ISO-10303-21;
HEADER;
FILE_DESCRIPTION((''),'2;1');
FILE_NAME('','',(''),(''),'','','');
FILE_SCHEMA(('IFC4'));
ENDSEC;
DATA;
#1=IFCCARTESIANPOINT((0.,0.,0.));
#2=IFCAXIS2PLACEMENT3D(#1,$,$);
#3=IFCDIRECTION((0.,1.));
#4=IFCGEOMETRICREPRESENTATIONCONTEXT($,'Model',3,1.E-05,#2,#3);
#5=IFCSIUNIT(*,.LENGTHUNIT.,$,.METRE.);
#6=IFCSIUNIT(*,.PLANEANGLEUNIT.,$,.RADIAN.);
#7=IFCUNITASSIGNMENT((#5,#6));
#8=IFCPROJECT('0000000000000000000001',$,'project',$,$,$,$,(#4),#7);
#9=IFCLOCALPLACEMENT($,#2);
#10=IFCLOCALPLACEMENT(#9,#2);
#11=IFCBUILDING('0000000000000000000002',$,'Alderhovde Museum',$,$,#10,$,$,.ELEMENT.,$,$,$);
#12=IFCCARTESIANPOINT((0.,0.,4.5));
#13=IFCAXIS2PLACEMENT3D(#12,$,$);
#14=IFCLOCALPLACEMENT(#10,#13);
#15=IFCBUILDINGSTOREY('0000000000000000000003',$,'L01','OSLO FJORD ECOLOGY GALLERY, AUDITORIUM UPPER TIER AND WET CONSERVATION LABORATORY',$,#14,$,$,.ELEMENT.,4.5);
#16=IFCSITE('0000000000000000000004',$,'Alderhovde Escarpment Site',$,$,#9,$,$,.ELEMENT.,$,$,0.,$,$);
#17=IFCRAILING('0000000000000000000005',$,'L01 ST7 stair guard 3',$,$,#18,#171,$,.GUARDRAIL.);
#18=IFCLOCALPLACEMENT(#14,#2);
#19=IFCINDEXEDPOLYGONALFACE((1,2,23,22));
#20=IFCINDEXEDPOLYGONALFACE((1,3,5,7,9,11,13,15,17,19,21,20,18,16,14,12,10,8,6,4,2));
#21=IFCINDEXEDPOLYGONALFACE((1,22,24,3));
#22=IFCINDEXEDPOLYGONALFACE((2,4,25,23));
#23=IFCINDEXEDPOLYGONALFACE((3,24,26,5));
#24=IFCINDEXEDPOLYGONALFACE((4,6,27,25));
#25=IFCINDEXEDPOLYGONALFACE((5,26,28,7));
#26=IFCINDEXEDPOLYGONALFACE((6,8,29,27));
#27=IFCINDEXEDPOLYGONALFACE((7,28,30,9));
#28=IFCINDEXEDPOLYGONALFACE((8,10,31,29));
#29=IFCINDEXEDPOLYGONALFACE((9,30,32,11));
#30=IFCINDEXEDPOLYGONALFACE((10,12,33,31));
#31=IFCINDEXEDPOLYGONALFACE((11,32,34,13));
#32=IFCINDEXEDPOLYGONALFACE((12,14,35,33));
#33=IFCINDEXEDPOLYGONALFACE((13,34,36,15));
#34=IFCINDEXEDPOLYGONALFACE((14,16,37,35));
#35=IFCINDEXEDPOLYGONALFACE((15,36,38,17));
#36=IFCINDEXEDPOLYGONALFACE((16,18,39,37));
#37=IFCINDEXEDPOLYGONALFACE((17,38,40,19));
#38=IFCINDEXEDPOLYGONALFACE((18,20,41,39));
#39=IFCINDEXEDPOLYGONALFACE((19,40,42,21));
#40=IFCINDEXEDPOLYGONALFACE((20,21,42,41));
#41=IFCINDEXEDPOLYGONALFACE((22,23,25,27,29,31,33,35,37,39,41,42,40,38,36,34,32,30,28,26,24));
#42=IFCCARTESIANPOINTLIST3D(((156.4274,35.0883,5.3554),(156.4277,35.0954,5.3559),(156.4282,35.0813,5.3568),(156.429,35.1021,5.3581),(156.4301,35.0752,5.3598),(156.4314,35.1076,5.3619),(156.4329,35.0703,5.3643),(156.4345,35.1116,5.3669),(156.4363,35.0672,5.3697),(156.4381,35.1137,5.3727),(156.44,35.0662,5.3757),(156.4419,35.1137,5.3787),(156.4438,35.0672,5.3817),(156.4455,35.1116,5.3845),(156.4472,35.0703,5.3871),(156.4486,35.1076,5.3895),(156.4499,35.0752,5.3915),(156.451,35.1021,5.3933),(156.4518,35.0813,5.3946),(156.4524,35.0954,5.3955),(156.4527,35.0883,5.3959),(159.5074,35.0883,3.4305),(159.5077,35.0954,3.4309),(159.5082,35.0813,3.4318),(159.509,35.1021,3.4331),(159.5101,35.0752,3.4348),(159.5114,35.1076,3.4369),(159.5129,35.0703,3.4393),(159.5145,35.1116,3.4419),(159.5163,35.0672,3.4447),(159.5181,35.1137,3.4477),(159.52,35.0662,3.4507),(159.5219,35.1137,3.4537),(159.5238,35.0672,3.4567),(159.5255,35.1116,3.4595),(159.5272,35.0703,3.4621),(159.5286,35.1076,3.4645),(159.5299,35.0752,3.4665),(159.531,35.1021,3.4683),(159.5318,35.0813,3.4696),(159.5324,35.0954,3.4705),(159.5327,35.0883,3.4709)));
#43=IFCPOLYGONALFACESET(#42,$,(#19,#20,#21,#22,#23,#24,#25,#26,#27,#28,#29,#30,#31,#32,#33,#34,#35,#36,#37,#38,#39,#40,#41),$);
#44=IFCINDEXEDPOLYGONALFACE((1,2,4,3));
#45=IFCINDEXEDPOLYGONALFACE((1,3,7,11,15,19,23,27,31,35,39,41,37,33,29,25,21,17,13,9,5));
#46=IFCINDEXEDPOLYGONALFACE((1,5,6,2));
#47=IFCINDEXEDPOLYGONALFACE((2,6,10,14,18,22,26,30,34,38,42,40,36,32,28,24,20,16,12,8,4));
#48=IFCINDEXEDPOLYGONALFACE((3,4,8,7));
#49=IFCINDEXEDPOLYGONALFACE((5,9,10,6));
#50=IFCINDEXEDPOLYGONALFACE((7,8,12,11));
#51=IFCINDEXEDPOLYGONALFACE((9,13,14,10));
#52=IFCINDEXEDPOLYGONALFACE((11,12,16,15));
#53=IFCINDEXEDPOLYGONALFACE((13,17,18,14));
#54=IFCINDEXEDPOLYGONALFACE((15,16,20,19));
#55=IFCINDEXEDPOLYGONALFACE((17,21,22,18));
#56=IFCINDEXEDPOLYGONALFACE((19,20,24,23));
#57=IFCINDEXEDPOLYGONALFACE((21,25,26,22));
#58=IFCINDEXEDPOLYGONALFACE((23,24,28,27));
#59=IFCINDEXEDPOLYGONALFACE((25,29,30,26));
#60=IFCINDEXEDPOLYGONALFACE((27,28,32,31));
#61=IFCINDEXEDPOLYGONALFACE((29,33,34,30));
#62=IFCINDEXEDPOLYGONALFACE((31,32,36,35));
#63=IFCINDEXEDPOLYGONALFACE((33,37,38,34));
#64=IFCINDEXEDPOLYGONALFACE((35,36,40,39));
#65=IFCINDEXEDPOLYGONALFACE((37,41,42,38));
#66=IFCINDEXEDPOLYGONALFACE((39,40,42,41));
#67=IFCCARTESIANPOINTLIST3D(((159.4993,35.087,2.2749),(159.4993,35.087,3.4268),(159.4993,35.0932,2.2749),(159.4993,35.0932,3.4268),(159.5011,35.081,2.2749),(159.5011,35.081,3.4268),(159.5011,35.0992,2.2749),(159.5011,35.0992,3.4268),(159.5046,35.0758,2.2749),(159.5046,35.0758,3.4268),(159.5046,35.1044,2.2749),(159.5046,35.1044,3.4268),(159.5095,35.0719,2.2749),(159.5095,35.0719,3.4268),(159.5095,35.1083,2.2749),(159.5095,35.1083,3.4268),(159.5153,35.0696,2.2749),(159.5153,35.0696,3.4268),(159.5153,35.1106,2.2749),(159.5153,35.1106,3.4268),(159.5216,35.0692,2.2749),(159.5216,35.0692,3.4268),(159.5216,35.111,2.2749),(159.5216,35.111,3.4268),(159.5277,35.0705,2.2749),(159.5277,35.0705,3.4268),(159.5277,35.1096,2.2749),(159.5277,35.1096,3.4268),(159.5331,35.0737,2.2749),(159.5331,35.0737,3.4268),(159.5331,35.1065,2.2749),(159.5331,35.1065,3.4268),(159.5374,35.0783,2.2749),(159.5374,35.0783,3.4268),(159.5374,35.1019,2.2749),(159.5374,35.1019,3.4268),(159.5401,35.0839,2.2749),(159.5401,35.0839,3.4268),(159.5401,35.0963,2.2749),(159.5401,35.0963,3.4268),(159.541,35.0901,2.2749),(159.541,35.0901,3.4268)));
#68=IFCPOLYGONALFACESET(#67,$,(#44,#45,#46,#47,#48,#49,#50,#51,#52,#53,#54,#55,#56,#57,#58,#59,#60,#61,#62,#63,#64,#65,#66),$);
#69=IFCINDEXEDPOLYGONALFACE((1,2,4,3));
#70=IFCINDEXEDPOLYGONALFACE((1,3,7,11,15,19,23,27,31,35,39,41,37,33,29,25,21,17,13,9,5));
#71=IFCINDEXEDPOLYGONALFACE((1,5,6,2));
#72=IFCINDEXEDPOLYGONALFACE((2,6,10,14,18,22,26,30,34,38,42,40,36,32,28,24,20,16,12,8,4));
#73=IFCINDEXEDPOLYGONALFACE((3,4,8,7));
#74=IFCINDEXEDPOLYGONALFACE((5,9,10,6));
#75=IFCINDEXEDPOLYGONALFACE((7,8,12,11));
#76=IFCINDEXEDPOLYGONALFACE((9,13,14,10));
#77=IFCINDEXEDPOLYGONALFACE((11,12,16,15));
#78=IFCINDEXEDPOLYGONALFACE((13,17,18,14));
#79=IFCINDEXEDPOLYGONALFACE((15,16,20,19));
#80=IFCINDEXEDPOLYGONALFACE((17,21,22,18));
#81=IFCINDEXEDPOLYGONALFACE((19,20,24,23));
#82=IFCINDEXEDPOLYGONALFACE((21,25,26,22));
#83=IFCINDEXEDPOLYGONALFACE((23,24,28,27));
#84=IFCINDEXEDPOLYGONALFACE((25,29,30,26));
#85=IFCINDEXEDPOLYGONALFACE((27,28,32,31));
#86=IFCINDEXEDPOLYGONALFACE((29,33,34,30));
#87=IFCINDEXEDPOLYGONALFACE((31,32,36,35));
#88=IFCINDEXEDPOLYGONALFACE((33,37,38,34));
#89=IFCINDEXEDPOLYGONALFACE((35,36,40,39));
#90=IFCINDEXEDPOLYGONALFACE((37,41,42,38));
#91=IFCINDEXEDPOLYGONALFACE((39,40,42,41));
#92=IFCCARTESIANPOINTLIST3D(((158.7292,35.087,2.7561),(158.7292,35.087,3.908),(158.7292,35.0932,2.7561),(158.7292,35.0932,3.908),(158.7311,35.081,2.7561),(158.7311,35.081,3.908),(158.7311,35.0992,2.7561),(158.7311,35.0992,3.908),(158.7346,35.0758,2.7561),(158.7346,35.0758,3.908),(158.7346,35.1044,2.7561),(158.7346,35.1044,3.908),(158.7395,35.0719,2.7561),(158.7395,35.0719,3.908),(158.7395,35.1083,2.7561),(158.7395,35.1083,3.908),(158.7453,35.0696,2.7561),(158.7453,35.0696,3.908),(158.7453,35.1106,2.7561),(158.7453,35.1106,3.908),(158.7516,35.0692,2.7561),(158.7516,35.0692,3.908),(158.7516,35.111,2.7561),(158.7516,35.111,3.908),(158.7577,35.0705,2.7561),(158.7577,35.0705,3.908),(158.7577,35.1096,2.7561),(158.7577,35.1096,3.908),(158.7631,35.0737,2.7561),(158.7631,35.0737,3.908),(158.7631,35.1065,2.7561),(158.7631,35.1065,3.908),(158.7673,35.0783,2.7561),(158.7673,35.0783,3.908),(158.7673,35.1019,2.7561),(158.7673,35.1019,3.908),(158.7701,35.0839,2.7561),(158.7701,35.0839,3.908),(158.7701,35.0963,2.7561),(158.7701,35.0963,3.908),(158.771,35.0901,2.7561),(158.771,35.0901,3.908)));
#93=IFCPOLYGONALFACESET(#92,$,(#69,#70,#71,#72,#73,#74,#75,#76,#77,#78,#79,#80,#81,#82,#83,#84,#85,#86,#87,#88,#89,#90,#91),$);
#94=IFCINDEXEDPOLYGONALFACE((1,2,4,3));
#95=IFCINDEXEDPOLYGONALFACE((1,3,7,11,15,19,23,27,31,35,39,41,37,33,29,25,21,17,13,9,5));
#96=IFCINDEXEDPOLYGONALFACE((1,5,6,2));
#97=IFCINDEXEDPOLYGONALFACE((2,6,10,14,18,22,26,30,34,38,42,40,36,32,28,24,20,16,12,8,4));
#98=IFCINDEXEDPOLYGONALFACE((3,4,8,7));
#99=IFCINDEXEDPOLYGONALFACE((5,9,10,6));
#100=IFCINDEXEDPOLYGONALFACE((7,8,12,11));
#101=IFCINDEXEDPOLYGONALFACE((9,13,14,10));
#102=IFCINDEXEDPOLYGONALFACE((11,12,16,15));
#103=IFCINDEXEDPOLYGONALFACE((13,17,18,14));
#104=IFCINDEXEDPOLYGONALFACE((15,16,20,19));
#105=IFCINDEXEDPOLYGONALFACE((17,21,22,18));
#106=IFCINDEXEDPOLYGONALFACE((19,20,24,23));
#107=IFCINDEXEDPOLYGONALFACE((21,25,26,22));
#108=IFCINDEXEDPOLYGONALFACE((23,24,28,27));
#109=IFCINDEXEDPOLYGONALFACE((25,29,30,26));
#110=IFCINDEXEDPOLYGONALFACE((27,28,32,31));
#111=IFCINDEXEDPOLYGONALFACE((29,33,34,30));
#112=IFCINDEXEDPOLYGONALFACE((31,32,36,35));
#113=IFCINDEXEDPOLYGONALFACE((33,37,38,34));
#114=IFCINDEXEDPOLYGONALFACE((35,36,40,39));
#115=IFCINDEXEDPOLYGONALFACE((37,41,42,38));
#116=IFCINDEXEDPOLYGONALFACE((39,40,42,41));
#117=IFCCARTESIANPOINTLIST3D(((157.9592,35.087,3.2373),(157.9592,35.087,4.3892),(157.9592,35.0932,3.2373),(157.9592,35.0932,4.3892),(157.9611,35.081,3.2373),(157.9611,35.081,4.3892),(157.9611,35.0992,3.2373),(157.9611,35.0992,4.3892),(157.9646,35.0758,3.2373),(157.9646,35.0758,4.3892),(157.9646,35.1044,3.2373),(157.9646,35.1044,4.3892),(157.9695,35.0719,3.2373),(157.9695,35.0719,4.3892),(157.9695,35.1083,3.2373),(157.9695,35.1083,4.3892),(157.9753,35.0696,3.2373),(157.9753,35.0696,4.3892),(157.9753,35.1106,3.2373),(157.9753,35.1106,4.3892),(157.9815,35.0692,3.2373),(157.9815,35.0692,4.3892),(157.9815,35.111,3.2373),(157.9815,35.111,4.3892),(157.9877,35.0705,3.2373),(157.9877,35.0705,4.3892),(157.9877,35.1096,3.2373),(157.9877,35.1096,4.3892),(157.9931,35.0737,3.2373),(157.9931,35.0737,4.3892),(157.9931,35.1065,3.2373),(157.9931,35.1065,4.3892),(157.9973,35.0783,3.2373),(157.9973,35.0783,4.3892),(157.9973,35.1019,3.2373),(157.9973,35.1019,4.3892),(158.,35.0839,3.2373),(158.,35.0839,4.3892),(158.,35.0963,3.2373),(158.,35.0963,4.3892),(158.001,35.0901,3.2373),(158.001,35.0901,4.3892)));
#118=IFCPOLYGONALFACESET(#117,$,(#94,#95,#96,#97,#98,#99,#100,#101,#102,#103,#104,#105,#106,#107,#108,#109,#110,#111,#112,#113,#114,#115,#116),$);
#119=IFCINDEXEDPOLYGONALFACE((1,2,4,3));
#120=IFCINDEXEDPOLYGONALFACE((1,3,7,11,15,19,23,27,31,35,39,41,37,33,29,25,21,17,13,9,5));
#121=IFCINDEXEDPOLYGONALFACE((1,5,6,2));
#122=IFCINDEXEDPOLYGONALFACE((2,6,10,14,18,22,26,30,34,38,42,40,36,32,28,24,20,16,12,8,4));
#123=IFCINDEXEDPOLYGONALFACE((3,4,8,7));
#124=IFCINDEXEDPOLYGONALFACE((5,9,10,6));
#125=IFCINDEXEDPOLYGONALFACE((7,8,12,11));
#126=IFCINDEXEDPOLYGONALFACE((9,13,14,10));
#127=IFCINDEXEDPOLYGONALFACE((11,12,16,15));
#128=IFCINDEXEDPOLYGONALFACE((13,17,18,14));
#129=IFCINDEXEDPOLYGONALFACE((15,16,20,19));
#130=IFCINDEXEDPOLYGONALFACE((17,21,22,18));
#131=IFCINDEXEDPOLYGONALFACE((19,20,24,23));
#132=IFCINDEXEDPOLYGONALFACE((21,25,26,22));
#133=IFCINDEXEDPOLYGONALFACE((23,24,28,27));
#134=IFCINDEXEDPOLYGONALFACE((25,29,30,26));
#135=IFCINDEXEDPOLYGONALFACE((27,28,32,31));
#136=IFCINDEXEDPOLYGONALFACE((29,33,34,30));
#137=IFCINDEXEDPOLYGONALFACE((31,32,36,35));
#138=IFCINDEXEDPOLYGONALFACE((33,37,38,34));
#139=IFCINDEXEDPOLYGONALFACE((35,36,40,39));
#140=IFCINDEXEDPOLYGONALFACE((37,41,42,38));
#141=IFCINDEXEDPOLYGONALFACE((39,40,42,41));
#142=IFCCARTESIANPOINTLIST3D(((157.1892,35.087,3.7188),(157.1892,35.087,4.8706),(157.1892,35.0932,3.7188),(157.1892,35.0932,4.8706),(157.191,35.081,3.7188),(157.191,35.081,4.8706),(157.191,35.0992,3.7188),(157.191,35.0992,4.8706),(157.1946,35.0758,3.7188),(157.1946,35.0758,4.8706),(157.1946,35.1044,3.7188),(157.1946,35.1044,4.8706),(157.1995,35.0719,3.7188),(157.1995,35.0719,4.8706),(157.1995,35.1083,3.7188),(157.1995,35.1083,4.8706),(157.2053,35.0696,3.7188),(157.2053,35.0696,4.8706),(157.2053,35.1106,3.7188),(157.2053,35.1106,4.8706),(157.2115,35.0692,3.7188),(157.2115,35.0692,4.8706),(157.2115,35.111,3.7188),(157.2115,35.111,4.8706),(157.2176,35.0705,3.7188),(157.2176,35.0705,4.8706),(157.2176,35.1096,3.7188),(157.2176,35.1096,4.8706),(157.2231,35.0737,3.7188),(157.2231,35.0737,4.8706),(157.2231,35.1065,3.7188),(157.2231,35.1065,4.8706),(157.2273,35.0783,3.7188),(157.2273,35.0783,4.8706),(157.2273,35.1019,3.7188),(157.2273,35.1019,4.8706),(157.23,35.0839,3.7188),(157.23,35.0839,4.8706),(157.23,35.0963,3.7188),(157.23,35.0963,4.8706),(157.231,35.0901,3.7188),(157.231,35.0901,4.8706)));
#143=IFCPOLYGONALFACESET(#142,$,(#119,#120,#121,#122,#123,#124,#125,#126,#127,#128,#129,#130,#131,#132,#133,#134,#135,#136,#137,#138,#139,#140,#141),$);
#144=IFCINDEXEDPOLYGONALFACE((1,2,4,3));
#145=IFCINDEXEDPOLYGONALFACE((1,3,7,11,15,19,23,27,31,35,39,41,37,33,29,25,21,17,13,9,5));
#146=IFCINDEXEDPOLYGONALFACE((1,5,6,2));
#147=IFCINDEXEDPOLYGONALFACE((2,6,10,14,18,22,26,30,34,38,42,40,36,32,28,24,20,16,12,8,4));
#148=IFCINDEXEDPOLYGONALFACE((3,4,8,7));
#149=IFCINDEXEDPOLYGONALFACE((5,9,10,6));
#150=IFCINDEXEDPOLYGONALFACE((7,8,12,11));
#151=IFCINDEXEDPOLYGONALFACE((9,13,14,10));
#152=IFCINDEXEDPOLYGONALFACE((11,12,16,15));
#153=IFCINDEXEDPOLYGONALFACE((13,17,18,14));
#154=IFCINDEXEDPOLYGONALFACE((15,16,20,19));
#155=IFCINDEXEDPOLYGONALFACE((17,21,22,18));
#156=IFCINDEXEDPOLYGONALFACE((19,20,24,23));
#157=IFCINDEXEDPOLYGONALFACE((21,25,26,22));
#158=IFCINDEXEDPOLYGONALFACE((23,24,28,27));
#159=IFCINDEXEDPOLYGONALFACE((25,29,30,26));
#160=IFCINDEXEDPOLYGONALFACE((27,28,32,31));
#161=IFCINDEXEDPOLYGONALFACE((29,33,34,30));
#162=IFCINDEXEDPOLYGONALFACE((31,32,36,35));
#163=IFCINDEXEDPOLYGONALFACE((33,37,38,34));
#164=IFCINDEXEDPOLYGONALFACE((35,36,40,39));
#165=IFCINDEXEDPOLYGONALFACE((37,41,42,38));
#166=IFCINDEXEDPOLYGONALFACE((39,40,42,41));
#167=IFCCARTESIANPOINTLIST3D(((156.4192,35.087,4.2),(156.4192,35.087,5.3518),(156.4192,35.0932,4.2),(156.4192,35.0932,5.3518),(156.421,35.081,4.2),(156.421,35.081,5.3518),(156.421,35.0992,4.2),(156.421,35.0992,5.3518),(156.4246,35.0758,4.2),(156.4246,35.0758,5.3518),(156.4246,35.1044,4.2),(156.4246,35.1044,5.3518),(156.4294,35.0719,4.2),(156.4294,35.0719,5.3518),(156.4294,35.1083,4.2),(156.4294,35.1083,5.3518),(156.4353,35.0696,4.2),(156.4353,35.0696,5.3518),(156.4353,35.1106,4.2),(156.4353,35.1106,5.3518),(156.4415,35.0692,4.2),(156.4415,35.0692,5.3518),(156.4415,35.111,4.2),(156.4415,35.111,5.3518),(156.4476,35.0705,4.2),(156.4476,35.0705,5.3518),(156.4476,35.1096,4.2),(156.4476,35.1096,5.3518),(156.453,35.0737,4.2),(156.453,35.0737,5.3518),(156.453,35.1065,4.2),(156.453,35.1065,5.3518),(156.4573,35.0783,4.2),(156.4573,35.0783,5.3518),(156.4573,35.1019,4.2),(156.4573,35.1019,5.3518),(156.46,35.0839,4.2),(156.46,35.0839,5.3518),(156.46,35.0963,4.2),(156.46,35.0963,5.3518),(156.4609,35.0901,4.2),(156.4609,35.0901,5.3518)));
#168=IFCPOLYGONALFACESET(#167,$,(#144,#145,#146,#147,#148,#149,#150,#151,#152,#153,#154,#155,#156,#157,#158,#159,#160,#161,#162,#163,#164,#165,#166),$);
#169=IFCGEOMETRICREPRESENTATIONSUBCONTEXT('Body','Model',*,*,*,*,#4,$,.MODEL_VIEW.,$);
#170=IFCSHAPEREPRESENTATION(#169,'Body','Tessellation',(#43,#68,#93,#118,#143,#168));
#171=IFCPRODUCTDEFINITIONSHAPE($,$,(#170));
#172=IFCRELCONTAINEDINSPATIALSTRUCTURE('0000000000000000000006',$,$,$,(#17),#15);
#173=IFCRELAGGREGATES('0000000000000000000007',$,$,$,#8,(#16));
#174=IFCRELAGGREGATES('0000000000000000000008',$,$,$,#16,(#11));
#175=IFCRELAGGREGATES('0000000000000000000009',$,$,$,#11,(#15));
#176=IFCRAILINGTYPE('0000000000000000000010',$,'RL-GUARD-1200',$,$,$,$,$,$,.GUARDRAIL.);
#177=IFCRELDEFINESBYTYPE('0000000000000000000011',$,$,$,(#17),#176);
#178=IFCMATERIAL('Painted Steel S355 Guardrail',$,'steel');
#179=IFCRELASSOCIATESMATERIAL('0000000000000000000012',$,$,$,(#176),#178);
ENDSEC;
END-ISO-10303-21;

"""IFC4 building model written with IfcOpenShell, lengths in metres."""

from ifc_helpers import new_model, si_unit, direction, frame, origin, origin_2d, place, context, subcontext, project, spatial, circle, extrude, material, type_object, element, save


model = new_model("IFC4")

# Units and contexts
model_context = context("Model", 3, precision=1e-05, world=origin(), true_north=direction((0.0, 1.0)))
body_context = subcontext(model_context, "Body", "Model", "MODEL_VIEW")
ifc_project = project(units=[si_unit("LENGTHUNIT", "METRE"), si_unit("PLANEANGLEUNIT", "RADIAN")], contexts=[model_context])

# Site, building, storey
site_placement = place(None, origin())
site = spatial("IfcSite", under=ifc_project, at=site_placement, Name="Alderhovde Escarpment Site", CompositionType="ELEMENT", RefElevation=0.0)
building_placement = place(site_placement, origin())
building = spatial("IfcBuilding", under=site, at=building_placement, Name="Alderhovde Museum", CompositionType="ELEMENT")
storey_placement = place(building_placement, frame((0.0, 0.0, 4.5)))
storey = spatial("IfcBuildingStorey", under=building, at=storey_placement, Name="L01", Description="OSLO FJORD ECOLOGY GALLERY, AUDITORIUM UPPER TIER AND WET CONSERVATION LABORATORY", CompositionType="ELEMENT", Elevation=4.5)

# Railing
ifc_material_1 = material(Name="Painted Steel S355 Guardrail", Category="steel")
railing_type_1 = type_object("IfcRailingType", Name="RL-GUARD-1200", PredefinedType="GUARDRAIL", material=ifc_material_1)
railing_1_placement = place(storey_placement, frame((159.52, 35.0901, 2.2749)))
element("IfcRailing", 1, at=railing_1_placement, inside=storey, type_object=railing_type_1, Name="L01 ST7 stair guard 3", PredefinedType="GUARDRAIL", context=body_context, shape_type="SweptSolid", body=[
    extrude(circle(Radius=0.0239, at=origin_2d()), frame((0.0, 0.0, 1.1758), z_axis=(-0.847998, 0.0, 0.529999), x_axis=(0.0, -1.0, 0.0)), (0.0, 0.0, 1.0), 3.6321),
    extrude(circle(Radius=0.021, at=origin_2d()), origin(), (0.0, 0.0, 1.0), 1.1519),
    extrude(circle(Radius=0.021, at=origin_2d()), frame((-0.77, 0.0, 0.4812)), (0.0, 0.0, 1.0), 1.1519),
    extrude(circle(Radius=0.021, at=origin_2d()), frame((-1.54, 0.0, 0.9624)), (0.0, 0.0, 1.0), 1.1519),
    extrude(circle(Radius=0.021, at=origin_2d()), frame((-2.3101, 0.0, 1.4438)), (0.0, 0.0, 1.0), 1.1519),
    extrude(circle(Radius=0.021, at=origin_2d()), frame((-3.0801, 0.0, 1.925)), (0.0, 0.0, 1.0), 1.1519),
])

save(model, "model.ifc")
